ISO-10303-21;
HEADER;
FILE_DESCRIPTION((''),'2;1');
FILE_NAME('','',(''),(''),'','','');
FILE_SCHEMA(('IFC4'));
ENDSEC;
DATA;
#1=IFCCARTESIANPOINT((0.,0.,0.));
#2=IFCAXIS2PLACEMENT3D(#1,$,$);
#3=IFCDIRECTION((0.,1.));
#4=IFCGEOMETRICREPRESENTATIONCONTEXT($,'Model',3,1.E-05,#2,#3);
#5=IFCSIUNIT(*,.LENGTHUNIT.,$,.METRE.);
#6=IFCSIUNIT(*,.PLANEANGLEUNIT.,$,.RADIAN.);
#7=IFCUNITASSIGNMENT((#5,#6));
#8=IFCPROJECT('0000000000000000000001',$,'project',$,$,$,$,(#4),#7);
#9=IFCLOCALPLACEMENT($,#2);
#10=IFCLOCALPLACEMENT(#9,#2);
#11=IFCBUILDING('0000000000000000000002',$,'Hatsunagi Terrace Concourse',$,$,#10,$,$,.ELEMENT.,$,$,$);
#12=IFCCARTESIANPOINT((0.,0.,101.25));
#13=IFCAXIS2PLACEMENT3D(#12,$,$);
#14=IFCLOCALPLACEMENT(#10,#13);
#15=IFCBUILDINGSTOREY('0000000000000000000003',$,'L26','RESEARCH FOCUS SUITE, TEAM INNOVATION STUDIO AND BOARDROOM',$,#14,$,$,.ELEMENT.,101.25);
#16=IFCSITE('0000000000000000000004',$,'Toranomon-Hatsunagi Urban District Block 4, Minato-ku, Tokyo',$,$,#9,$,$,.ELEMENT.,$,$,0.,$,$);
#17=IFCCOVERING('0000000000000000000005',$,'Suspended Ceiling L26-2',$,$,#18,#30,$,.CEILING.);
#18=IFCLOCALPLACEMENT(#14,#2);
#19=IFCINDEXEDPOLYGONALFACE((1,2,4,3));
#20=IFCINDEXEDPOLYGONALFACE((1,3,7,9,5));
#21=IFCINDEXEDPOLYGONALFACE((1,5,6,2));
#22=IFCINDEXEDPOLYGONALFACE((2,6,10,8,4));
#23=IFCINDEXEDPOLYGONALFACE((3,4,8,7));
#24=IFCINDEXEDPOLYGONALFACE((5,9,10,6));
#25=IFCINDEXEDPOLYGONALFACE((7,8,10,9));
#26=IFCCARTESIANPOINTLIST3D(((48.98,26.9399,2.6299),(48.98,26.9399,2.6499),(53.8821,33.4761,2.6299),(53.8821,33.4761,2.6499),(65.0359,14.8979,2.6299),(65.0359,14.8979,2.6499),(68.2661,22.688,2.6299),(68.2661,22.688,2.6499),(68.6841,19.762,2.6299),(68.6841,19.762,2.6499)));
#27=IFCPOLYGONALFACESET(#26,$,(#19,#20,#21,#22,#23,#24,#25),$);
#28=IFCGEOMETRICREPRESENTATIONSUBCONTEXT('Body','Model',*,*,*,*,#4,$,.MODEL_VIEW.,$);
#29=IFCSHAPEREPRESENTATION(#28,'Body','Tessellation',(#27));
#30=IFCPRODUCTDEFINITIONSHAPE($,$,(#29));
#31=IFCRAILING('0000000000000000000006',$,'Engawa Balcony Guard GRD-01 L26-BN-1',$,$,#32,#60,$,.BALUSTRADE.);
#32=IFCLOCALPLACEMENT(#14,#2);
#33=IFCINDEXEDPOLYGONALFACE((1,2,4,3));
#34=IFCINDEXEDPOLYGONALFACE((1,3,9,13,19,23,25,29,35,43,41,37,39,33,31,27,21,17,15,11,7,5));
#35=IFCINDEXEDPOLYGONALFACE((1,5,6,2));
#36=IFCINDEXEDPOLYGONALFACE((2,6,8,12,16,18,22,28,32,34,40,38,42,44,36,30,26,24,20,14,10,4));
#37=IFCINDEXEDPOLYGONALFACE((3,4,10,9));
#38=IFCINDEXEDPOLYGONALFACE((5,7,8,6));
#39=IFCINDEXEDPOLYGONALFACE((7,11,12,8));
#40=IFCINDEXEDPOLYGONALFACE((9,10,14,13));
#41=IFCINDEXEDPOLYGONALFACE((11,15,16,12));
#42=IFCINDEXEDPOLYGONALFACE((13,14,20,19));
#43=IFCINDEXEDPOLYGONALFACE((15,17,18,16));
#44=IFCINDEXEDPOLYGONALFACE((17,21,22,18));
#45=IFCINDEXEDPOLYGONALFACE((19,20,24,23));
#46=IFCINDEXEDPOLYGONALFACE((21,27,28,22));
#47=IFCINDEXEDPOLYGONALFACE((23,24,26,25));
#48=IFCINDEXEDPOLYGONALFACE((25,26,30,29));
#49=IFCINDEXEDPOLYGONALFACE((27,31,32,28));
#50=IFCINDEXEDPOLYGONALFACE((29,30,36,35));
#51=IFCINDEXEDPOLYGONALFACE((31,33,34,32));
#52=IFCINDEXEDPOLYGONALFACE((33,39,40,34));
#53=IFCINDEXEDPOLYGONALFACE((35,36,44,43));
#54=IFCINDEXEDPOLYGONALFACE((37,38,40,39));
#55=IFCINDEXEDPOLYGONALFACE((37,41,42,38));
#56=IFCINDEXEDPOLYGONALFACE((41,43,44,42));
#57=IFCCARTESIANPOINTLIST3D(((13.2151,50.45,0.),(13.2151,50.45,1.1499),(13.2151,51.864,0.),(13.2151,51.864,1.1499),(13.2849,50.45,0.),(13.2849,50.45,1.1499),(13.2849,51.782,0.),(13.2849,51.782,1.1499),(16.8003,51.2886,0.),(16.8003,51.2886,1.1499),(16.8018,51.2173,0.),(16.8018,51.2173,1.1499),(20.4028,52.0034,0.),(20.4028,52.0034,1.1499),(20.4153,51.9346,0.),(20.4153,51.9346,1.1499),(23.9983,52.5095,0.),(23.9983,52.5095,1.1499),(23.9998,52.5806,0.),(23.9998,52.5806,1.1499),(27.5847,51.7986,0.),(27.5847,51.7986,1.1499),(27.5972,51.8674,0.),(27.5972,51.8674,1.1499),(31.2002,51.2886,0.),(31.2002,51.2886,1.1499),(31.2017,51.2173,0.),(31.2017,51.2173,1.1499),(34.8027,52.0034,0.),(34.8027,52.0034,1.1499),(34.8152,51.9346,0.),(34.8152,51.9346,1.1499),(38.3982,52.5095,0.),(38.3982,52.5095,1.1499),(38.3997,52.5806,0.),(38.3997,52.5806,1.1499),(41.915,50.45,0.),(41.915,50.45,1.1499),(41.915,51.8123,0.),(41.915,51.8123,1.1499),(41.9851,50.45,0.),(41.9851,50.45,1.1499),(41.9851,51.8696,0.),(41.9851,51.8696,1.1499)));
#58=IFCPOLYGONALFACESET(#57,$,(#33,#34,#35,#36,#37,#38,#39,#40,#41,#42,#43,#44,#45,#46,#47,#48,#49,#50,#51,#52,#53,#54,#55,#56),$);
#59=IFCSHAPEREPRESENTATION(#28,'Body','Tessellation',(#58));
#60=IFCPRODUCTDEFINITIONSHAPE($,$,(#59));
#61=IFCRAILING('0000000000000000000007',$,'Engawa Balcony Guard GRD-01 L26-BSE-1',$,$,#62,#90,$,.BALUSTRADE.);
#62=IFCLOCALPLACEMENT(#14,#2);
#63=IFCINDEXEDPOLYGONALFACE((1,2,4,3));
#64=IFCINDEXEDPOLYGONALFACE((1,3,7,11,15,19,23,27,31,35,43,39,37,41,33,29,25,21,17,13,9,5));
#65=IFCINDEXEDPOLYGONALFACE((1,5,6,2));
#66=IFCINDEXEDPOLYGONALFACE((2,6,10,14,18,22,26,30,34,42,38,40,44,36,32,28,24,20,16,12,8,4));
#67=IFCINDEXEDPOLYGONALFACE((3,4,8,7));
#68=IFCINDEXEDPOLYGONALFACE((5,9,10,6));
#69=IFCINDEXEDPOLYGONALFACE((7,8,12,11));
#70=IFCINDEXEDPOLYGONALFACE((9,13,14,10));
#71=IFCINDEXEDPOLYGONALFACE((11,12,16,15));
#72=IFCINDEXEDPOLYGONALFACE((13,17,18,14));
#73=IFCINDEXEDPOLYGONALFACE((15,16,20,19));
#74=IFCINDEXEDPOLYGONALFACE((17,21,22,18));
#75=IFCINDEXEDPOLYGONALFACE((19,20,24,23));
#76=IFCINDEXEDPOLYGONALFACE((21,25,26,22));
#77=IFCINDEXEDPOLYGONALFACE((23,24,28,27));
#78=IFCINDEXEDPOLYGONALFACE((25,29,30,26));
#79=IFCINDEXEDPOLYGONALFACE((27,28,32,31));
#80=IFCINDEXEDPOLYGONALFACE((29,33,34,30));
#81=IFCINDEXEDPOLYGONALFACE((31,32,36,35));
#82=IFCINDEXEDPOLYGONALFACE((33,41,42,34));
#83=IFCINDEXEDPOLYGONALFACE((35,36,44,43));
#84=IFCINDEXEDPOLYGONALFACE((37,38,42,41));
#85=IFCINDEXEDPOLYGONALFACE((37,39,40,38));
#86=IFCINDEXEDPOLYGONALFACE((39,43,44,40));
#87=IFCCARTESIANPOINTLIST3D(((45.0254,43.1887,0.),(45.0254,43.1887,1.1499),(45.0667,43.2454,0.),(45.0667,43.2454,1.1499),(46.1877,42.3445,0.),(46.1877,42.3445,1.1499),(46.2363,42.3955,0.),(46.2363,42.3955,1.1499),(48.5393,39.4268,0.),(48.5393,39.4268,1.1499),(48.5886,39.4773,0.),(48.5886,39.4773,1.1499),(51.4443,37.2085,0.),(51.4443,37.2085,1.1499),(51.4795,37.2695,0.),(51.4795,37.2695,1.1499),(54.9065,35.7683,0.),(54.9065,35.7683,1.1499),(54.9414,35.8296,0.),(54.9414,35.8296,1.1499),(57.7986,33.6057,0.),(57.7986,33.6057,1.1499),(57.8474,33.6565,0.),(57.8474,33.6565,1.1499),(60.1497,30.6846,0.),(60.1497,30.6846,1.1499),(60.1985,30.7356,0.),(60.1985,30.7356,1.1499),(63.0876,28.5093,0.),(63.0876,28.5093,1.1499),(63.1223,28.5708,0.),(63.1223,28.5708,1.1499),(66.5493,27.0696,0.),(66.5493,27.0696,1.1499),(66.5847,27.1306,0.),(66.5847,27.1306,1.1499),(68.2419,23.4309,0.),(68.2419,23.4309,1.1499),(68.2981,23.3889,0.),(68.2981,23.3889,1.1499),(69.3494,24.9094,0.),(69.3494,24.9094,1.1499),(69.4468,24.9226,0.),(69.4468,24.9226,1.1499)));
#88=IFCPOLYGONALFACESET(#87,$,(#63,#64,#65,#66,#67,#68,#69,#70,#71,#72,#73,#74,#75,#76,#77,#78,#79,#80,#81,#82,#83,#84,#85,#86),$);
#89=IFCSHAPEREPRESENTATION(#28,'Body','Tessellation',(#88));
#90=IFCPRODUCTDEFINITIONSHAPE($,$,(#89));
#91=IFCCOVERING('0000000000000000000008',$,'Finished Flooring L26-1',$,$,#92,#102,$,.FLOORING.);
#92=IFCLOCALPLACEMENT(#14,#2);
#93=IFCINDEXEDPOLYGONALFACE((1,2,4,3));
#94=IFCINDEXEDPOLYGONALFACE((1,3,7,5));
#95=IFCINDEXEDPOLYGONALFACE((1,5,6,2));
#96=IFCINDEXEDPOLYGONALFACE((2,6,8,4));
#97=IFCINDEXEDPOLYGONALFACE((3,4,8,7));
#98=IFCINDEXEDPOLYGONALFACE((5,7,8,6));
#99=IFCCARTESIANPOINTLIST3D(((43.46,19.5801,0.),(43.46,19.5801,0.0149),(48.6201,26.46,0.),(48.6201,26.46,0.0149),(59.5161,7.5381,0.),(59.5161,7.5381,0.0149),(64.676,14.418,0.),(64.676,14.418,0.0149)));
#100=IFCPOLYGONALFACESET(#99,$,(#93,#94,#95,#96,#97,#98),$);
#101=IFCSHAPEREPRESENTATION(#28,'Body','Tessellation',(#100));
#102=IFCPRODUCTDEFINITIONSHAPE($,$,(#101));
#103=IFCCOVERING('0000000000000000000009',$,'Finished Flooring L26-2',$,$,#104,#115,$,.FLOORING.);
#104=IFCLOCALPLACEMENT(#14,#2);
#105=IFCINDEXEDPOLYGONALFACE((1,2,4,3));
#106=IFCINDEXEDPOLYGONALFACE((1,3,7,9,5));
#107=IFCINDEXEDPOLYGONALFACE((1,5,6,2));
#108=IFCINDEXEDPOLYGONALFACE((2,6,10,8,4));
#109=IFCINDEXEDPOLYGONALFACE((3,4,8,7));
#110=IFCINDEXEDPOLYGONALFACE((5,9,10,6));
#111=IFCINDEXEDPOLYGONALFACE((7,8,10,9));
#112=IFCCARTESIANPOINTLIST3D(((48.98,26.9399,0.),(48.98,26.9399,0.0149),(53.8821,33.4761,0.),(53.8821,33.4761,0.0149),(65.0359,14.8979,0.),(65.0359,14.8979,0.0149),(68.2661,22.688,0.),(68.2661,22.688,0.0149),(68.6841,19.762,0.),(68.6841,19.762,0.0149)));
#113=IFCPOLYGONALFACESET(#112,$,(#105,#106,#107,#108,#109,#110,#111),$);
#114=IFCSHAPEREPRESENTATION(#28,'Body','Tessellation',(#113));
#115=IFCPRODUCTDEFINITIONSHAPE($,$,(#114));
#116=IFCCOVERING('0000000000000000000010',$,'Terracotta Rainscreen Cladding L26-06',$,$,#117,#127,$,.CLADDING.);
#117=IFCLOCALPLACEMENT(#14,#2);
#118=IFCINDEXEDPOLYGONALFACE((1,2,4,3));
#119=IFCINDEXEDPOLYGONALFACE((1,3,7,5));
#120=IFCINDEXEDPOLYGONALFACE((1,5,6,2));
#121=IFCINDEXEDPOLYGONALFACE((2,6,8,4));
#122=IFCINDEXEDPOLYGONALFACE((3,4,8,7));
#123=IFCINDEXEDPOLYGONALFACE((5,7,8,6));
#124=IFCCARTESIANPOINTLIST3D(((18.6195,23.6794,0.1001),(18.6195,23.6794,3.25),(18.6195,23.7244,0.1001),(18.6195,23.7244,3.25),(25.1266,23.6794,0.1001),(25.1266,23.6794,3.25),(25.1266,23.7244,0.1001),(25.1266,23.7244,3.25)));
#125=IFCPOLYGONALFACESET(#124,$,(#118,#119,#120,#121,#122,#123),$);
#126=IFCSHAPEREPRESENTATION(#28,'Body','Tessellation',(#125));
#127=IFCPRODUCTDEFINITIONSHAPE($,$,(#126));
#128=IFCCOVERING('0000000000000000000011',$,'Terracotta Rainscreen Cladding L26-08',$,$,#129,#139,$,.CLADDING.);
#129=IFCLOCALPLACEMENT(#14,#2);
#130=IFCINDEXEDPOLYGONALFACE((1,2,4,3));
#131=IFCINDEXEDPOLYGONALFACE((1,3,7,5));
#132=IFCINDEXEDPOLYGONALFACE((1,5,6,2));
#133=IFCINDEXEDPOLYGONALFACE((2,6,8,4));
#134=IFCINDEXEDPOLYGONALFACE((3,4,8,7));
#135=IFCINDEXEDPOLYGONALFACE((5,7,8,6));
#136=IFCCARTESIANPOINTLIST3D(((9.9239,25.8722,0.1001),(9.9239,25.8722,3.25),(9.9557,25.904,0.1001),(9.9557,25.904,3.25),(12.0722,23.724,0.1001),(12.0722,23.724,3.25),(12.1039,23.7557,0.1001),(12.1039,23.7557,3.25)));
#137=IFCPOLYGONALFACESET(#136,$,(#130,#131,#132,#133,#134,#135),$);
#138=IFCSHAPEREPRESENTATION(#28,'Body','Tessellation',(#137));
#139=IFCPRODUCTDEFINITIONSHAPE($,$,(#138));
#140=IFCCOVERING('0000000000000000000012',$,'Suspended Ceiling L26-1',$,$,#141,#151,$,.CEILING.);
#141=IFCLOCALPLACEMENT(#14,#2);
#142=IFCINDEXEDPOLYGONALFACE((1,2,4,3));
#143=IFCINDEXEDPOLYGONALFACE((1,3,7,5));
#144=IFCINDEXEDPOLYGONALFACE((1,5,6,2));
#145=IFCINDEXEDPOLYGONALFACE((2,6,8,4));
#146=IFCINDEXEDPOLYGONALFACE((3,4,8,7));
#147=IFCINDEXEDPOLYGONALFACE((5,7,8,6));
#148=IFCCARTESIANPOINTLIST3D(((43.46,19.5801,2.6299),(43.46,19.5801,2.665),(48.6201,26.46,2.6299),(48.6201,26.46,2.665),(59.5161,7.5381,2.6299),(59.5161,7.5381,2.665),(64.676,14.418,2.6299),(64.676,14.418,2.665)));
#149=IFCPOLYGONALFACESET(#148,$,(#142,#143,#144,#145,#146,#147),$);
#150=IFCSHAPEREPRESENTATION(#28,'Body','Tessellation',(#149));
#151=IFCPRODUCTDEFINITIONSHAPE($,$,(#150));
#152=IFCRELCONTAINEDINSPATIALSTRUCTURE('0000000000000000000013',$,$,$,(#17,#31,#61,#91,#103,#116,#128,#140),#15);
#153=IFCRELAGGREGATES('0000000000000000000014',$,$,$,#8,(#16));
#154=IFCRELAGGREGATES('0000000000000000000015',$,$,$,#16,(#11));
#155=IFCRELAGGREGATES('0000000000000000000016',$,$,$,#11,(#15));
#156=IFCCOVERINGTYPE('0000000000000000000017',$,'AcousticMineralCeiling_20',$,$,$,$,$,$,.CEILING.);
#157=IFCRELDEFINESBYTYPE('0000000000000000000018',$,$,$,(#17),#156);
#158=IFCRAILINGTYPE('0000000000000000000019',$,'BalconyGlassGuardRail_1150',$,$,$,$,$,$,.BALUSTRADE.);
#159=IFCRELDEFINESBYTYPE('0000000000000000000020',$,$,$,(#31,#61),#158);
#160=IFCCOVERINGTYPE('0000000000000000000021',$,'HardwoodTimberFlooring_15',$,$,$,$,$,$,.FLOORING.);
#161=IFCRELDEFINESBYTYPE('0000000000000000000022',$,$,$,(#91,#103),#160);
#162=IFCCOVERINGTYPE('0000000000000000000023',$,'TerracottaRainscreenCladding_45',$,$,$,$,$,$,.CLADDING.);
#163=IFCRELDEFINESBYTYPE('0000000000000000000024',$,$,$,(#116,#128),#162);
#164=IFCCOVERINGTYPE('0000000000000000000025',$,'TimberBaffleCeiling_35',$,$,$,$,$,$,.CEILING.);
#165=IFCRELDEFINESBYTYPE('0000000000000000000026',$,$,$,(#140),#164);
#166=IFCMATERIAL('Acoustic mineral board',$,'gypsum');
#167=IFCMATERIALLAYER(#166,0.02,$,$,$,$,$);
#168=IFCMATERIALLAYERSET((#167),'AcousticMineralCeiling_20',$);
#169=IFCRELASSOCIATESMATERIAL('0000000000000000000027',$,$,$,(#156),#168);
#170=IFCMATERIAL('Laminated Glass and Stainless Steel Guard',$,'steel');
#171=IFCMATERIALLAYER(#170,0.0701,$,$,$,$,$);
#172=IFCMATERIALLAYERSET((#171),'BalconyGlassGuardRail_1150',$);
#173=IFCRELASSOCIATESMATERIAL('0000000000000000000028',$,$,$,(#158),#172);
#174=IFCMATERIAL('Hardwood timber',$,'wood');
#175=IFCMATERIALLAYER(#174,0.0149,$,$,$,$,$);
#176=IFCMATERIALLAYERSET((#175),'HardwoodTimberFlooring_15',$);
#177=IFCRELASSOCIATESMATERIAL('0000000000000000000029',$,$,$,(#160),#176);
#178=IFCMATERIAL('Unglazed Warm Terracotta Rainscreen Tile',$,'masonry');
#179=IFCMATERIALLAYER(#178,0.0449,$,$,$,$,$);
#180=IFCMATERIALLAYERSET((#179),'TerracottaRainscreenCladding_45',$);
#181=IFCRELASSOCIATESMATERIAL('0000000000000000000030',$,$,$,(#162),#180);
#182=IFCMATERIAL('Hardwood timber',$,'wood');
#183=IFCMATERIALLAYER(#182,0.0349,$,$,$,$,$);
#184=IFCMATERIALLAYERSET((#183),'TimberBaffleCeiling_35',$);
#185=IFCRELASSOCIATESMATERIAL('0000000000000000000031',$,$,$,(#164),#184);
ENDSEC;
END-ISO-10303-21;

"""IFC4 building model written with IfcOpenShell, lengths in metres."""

from ifc_helpers import new_model, si_unit, direction, frame, origin, origin_2d, place, context, subcontext, project, spatial, polyline, rectangle, outline, extrude, material, layer, layer_set, type_object, element, save


model = new_model("IFC4")

# Units and contexts
model_context = context("Model", 3, precision=1e-05, world=origin(), true_north=direction((0.0, 1.0)))
body_context = subcontext(model_context, "Body", "Model", "MODEL_VIEW")
ifc_project = project(units=[si_unit("LENGTHUNIT", "METRE"), si_unit("PLANEANGLEUNIT", "RADIAN")], contexts=[model_context])

# Site, building, storey
site_placement = place(None, origin())
site = spatial("IfcSite", under=ifc_project, at=site_placement, Name="Toranomon-Hatsunagi Urban District Block 4, Minato-ku, Tokyo", CompositionType="ELEMENT", RefElevation=0.0)
building_placement = place(site_placement, origin())
building = spatial("IfcBuilding", under=site, at=building_placement, Name="Hatsunagi Terrace Concourse", CompositionType="ELEMENT")
storey_placement = place(building_placement, frame((0.0, 0.0, 101.25)))
storey = spatial("IfcBuildingStorey", under=building, at=storey_placement, Name="L26", Description="RESEARCH FOCUS SUITE, TEAM INNOVATION STUDIO AND BOARDROOM", CompositionType="ELEMENT", Elevation=101.25)

# Covering
ifc_material_1 = material(Name="Acoustic mineral board", Category="gypsum")
ifc_layer_1 = layer(ifc_material_1, 0.02)
ifc_layer_set_1 = layer_set([ifc_layer_1], Name="AcousticMineralCeiling_20")
covering_type_1 = type_object("IfcCoveringType", Name="AcousticMineralCeiling_20", PredefinedType="CEILING", material=ifc_layer_set_1)
covering_1_placement = place(storey_placement, frame((0.0, 0.0, 2.6299)))
element("IfcCovering", 1, at=covering_1_placement, inside=storey, type_object=covering_type_1, Name="Suspended Ceiling L26-2", PredefinedType="CEILING", context=body_context, shape_type="SweptSolid", body=[
    extrude(outline(polyline([(68.2661, 22.688), (53.8821, 33.4761), (48.98, 26.9399), (65.0359, 14.8979), (68.6841, 19.762), (68.2661, 22.688)])), origin(), (0.0, 0.0, 1.0), 0.02),
])

# Railings
ifc_material_2 = material(Name="Laminated Glass and Stainless Steel Guard", Category="steel")
ifc_layer_2 = layer(ifc_material_2, 0.0701)
ifc_layer_set_2 = layer_set([ifc_layer_2], Name="BalconyGlassGuardRail_1150")
railing_type = type_object("IfcRailingType", Name="BalconyGlassGuardRail_1150", PredefinedType="BALUSTRADE", material=ifc_layer_set_2)
railing_1_placement = place(storey_placement, origin())
element("IfcRailing", 2, at=railing_1_placement, inside=storey, type_object=railing_type, Name="Engawa Balcony Guard GRD-01 L26-BN-1", PredefinedType="BALUSTRADE", context=body_context, shape_type="SweptSolid", body=[
    extrude(outline(polyline([(13.2151, 50.45), (13.2849, 50.45), (13.2849, 51.782), (16.8018, 51.2173), (20.4153, 51.9346), (23.9983, 52.5095), (27.5847, 51.7986), (31.2017, 51.2173), (34.8152, 51.9346), (38.3982, 52.5095), (41.915, 51.8123), (41.915, 50.45), (41.9851, 50.45), (41.9851, 51.8696), (38.3997, 52.5806), (34.8027, 52.0034), (31.2002, 51.2886), (27.5972, 51.8674), (23.9998, 52.5806), (20.4028, 52.0034), (16.8003, 51.2886), (13.2151, 51.864), (13.2151, 50.45)])), origin(), (0.0, 0.0, 1.0), 1.1499),
])
railing_2_placement = place(storey_placement, origin())
element("IfcRailing", 3, at=railing_2_placement, inside=storey, type_object=railing_type, Name="Engawa Balcony Guard GRD-01 L26-BSE-1", PredefinedType="BALUSTRADE", context=body_context, shape_type="SweptSolid", body=[
    extrude(outline(polyline([(45.0667, 43.2454), (45.0254, 43.1887), (46.1877, 42.3445), (48.5393, 39.4268), (51.4443, 37.2085), (54.9065, 35.7683), (57.7986, 33.6057), (60.1497, 30.6846), (63.0876, 28.5093), (66.5493, 27.0696), (69.3494, 24.9094), (68.2419, 23.4309), (68.2981, 23.3889), (69.4468, 24.9226), (66.5847, 27.1306), (63.1223, 28.5708), (60.1985, 30.7356), (57.8474, 33.6565), (54.9414, 35.8296), (51.4795, 37.2695), (48.5886, 39.4773), (46.2363, 42.3955), (45.0667, 43.2454)])), origin(), (0.0, 0.0, 1.0), 1.1499),
])

# Coverings
ifc_material_3 = material(Name="Hardwood timber", Category="wood")
ifc_layer_3 = layer(ifc_material_3, 0.0149)
ifc_layer_set_3 = layer_set([ifc_layer_3], Name="HardwoodTimberFlooring_15")
covering_type_2 = type_object("IfcCoveringType", Name="HardwoodTimberFlooring_15", PredefinedType="FLOORING", material=ifc_layer_set_3)
covering_2_placement = place(storey_placement, origin())
element("IfcCovering", 4, at=covering_2_placement, inside=storey, type_object=covering_type_2, Name="Finished Flooring L26-1", PredefinedType="FLOORING", context=body_context, shape_type="SweptSolid", body=[
    extrude(outline(polyline([(64.676, 14.418), (48.6201, 26.46), (43.46, 19.5801), (59.5161, 7.5381), (64.676, 14.418)])), origin(), (0.0, 0.0, 1.0), 0.0149),
])
covering_3_placement = place(storey_placement, origin())
element("IfcCovering", 5, at=covering_3_placement, inside=storey, type_object=covering_type_2, Name="Finished Flooring L26-2", PredefinedType="FLOORING", context=body_context, shape_type="SweptSolid", body=[
    extrude(outline(polyline([(68.2661, 22.688), (53.8821, 33.4761), (48.98, 26.9399), (65.0359, 14.8979), (68.6841, 19.762), (68.2661, 22.688)])), origin(), (0.0, 0.0, 1.0), 0.0149),
])
ifc_material_4 = material(Name="Unglazed Warm Terracotta Rainscreen Tile", Category="masonry")
ifc_layer_4 = layer(ifc_material_4, 0.0449)
ifc_layer_set_4 = layer_set([ifc_layer_4], Name="TerracottaRainscreenCladding_45")
covering_type_3 = type_object("IfcCoveringType", Name="TerracottaRainscreenCladding_45", PredefinedType="CLADDING", material=ifc_layer_set_4)
covering_4_placement = place(storey_placement, frame((21.873, 23.7019, 0.1001), z_axis=(0.0, 0.0, 1.0), x_axis=(-1.0, 0.0, 0.0)))
element("IfcCovering", 6, at=covering_4_placement, inside=storey, type_object=covering_type_3, Name="Terracotta Rainscreen Cladding L26-06", PredefinedType="CLADDING", context=body_context, shape_type="SweptSolid", body=[
    extrude(rectangle(XDim=6.5071, YDim=0.0449, at=origin_2d()), origin(), (0.0, 0.0, 1.0), 3.1499),
])
covering_5_placement = place(storey_placement, frame((11.0139, 24.814, 0.1001), z_axis=(0.0, 0.0, 1.0), x_axis=(-0.707107, 0.707107, 0.0)))
element("IfcCovering", 7, at=covering_5_placement, inside=storey, type_object=covering_type_3, Name="Terracotta Rainscreen Cladding L26-08", PredefinedType="CLADDING", context=body_context, shape_type="SweptSolid", body=[
    extrude(rectangle(XDim=3.0381, YDim=0.0449, at=origin_2d()), origin(), (0.0, 0.0, 1.0), 3.1499),
])
ifc_material_5 = material(Name="Hardwood timber", Category="wood")
ifc_layer_5 = layer(ifc_material_5, 0.0349)
ifc_layer_set_5 = layer_set([ifc_layer_5], Name="TimberBaffleCeiling_35")
covering_type_4 = type_object("IfcCoveringType", Name="TimberBaffleCeiling_35", PredefinedType="CEILING", material=ifc_layer_set_5)
covering_6_placement = place(storey_placement, frame((0.0, 0.0, 2.6299)))
element("IfcCovering", 8, at=covering_6_placement, inside=storey, type_object=covering_type_4, Name="Suspended Ceiling L26-1", PredefinedType="CEILING", context=body_context, shape_type="SweptSolid", body=[
    extrude(outline(polyline([(64.676, 14.418), (48.6201, 26.46), (43.46, 19.5801), (59.5161, 7.5381), (64.676, 14.418)])), origin(), (0.0, 0.0, 1.0), 0.0352),
])

save(model, "model.ifc")
